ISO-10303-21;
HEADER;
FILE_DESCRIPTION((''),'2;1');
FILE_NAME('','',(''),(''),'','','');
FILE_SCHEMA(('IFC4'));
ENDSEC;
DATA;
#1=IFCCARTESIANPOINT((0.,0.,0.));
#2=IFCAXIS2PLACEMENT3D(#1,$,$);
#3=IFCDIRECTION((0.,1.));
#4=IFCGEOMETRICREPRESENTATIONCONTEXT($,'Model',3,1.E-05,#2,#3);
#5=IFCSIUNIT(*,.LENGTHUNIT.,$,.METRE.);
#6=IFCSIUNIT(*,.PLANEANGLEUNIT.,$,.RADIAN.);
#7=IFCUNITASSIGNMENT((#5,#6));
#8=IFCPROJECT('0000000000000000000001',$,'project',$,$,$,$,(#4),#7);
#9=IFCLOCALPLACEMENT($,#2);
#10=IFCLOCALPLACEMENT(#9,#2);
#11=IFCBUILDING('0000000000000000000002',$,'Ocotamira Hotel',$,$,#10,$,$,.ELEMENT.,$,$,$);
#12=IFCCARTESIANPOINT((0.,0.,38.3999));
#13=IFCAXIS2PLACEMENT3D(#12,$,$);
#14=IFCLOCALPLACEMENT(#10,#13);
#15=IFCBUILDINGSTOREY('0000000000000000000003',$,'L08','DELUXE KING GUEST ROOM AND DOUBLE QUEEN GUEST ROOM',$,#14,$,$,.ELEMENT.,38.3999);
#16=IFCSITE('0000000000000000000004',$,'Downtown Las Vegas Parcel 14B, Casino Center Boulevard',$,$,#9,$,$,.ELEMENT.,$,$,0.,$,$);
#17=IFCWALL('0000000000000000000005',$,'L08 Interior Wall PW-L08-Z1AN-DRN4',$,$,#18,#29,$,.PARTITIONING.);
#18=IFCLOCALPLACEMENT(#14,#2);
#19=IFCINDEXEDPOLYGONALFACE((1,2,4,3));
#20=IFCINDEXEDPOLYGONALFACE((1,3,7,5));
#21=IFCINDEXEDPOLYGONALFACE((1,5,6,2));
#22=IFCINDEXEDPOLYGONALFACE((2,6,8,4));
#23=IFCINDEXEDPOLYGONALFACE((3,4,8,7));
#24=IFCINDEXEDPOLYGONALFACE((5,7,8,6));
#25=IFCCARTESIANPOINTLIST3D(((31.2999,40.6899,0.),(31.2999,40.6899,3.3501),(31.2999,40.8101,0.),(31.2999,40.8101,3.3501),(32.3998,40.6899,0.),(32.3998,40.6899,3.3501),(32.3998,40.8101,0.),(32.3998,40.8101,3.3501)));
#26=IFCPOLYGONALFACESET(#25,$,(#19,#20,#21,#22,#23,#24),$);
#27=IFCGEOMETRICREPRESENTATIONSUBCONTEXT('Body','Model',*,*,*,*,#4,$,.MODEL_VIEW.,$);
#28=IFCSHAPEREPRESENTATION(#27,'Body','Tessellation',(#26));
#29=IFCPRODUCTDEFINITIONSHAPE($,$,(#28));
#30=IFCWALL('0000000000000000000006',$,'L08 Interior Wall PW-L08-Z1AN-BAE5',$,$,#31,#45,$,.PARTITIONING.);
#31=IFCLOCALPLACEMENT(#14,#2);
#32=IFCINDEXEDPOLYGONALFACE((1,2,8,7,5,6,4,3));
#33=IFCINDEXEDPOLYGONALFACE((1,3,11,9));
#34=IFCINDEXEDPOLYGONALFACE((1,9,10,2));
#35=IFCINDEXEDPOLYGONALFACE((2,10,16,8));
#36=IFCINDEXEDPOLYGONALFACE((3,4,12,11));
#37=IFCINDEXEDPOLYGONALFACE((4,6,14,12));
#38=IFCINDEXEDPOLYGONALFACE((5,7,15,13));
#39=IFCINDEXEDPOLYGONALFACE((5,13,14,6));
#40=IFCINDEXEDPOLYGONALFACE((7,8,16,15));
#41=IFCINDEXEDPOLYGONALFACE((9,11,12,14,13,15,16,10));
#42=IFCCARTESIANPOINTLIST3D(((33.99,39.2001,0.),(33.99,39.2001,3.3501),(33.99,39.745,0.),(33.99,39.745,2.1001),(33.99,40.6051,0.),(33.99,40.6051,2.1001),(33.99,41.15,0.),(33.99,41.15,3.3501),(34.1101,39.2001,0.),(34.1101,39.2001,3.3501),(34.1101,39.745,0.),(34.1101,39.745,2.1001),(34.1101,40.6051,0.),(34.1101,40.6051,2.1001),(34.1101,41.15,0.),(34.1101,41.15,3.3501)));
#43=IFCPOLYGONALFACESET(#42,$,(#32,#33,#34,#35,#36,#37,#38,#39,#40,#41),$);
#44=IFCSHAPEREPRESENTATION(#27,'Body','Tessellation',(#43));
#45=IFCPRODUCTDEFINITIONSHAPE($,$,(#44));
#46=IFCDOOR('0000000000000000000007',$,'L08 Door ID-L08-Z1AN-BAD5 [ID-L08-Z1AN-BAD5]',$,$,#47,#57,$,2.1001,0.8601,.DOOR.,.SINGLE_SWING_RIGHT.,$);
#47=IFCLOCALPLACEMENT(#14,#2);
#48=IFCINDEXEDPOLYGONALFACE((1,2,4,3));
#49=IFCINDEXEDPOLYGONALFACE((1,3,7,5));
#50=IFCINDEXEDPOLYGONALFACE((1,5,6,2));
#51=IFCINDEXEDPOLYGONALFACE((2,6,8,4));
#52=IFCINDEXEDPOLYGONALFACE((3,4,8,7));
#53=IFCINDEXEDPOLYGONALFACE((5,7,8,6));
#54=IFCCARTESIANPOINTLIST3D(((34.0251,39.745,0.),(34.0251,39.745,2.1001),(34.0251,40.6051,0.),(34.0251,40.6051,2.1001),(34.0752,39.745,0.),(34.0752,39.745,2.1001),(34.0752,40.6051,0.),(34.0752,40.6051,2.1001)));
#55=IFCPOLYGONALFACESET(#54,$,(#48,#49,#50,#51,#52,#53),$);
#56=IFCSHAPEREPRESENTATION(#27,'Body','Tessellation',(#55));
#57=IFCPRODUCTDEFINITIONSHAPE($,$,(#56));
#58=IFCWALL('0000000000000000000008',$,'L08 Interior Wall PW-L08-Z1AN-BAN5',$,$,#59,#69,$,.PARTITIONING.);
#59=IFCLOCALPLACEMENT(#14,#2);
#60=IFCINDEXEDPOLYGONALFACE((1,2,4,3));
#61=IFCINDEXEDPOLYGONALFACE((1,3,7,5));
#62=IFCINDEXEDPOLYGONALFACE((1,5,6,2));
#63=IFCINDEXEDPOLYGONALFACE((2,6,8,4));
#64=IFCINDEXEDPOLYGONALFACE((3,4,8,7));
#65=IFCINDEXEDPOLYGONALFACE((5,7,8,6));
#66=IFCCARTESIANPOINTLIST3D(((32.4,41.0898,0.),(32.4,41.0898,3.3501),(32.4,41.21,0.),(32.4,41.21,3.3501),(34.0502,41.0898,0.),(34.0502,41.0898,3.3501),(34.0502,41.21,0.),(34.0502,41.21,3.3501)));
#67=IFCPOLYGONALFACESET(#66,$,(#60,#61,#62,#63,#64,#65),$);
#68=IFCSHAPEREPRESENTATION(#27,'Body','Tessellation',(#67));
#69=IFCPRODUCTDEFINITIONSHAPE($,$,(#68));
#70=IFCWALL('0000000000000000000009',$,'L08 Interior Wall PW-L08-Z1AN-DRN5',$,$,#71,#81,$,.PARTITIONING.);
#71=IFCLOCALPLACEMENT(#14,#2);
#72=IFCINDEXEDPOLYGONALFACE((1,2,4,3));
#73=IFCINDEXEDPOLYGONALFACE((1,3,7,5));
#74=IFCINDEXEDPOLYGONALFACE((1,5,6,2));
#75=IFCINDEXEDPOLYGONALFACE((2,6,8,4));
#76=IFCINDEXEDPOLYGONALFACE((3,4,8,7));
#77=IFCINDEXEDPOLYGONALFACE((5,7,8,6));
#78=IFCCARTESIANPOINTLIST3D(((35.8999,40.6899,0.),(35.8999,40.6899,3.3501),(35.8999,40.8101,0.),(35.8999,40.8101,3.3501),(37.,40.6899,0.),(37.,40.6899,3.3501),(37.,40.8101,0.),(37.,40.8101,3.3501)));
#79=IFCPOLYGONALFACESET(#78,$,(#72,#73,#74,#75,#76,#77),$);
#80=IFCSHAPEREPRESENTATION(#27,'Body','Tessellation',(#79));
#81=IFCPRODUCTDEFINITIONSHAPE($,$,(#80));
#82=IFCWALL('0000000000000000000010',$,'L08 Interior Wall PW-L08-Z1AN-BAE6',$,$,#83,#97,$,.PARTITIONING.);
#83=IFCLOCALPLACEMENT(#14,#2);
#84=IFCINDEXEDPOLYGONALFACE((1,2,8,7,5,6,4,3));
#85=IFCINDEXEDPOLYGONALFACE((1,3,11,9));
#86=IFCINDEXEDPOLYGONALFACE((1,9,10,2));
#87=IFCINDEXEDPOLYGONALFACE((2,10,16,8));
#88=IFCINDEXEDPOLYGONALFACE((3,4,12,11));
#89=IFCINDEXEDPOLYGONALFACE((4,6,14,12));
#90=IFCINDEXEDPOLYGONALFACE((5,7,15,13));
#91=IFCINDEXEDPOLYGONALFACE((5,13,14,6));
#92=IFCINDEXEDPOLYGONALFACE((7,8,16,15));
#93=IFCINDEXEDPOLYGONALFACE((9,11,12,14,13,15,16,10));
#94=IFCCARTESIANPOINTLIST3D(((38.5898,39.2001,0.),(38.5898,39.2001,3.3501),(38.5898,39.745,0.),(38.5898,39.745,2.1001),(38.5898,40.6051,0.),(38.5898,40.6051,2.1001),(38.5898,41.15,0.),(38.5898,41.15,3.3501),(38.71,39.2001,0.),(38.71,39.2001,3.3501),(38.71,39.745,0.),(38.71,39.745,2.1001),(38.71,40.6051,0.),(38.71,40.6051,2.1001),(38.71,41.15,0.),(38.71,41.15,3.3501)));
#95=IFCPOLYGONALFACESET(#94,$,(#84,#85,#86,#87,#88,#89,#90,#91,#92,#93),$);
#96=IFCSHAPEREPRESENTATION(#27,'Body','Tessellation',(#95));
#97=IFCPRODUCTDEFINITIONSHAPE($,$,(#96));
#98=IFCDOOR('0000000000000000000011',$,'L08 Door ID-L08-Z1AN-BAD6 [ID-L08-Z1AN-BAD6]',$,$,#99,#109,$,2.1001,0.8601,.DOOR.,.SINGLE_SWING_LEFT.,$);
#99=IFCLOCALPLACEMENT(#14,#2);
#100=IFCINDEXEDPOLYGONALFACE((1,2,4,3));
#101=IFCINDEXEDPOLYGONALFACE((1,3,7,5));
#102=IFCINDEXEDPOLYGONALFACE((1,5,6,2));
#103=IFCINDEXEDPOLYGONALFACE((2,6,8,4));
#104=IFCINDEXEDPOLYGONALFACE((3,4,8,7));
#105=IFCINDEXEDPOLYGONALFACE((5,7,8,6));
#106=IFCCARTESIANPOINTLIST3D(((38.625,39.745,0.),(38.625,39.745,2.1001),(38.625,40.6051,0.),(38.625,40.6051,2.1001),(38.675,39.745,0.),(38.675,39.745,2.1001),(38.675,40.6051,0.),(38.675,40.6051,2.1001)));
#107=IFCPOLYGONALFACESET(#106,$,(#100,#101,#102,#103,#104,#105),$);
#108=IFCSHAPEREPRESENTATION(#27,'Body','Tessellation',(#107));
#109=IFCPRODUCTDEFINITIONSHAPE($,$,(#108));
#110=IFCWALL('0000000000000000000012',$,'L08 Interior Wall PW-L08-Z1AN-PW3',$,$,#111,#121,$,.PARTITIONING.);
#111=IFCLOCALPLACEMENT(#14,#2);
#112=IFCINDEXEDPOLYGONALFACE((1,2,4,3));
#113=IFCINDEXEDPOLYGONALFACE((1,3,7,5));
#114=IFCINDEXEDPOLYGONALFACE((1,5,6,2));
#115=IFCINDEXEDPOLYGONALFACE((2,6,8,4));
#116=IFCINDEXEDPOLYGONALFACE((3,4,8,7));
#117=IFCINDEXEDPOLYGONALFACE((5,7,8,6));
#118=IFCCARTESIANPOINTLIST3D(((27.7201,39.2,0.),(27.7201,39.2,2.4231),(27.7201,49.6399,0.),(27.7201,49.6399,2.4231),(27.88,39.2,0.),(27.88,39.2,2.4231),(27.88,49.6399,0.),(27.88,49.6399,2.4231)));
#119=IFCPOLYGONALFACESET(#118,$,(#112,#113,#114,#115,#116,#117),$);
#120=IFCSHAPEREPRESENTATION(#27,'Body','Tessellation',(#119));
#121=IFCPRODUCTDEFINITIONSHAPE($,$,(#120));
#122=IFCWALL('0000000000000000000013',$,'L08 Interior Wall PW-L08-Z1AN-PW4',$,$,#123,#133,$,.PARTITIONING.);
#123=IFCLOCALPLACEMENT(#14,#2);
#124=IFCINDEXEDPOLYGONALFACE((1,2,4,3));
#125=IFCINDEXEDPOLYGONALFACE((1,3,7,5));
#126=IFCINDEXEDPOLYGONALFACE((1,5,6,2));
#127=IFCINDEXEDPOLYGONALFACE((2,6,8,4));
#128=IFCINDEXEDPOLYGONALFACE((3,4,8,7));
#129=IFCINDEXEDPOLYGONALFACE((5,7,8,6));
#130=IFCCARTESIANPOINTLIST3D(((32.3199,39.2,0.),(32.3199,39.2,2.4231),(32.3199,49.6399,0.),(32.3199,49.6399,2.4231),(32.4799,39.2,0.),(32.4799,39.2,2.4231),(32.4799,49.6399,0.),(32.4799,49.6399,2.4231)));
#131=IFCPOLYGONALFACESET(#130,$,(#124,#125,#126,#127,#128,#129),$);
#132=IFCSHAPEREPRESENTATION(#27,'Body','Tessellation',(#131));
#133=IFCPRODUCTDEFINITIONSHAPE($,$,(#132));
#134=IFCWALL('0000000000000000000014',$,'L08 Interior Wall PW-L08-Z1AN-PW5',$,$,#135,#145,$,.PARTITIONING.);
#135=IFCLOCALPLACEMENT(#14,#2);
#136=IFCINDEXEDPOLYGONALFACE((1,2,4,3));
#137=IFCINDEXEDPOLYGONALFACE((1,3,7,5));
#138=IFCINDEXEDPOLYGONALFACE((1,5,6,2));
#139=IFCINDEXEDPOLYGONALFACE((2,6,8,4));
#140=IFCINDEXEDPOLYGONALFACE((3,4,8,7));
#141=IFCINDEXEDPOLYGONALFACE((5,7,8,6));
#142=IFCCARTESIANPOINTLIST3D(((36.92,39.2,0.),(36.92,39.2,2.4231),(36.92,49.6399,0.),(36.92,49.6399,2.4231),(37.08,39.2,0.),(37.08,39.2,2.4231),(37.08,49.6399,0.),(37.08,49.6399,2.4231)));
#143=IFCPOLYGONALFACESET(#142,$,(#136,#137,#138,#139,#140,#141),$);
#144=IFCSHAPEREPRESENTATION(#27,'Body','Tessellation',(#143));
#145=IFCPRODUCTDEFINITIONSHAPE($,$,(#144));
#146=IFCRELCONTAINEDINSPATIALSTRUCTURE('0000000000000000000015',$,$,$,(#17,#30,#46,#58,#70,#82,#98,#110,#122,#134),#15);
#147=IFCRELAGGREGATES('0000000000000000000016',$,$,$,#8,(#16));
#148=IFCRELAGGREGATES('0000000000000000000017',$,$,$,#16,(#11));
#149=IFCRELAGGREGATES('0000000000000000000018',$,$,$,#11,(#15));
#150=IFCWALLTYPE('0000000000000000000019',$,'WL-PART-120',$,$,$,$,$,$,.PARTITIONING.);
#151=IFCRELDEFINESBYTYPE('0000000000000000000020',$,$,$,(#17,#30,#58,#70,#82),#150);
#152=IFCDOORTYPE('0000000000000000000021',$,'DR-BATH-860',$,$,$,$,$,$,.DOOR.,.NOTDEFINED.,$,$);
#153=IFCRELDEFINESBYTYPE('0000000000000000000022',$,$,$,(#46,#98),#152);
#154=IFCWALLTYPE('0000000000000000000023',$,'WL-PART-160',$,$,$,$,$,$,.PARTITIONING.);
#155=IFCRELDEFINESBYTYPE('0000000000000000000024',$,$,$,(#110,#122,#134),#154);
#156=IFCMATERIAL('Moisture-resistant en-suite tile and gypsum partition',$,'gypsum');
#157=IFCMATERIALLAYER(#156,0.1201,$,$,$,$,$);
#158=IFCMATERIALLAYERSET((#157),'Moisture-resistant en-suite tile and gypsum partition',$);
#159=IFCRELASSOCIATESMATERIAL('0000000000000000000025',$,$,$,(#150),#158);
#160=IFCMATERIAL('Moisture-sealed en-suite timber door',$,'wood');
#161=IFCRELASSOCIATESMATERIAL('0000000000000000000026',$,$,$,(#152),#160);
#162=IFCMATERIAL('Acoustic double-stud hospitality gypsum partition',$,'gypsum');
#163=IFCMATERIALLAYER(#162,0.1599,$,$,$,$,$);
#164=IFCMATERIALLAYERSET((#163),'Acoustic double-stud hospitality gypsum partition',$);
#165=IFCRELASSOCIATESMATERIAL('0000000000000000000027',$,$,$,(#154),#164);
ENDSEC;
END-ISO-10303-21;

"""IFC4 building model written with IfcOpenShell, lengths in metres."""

from ifc_helpers import new_model, si_unit, direction, frame, frame_2d, origin, place, context, subcontext, project, spatial, rectangle, extrude, source, transform, mapped, material, layer, layer_set, type_object, element, fill, save


model = new_model("IFC4")

# Units and contexts
model_context = context("Model", 3, precision=1e-05, world=origin(), true_north=direction((0.0, 1.0)))
body_context = subcontext(model_context, "Body", "Model", "MODEL_VIEW")
ifc_project = project(units=[si_unit("LENGTHUNIT", "METRE"), si_unit("PLANEANGLEUNIT", "RADIAN")], contexts=[model_context])

# Site, building, storey
site_placement = place(None, origin())
site = spatial("IfcSite", under=ifc_project, at=site_placement, Name="Downtown Las Vegas Parcel 14B, Casino Center Boulevard", CompositionType="ELEMENT", RefElevation=0.0)
building_placement = place(site_placement, origin())
building = spatial("IfcBuilding", under=site, at=building_placement, Name="Ocotamira Hotel", CompositionType="ELEMENT")
storey_placement = place(building_placement, frame((0.0, 0.0, 38.3999)))
storey = spatial("IfcBuildingStorey", under=building, at=storey_placement, Name="L08", Description="DELUXE KING GUEST ROOM AND DOUBLE QUEEN GUEST ROOM", CompositionType="ELEMENT", Elevation=38.3999)

# Shared definitions
ifc_material_1 = material(Name="Moisture-resistant en-suite tile and gypsum partition", Category="gypsum")
ifc_layer_1 = layer(ifc_material_1, 0.1201)
ifc_layer_set_1 = layer_set([ifc_layer_1], Name="Moisture-resistant en-suite tile and gypsum partition")
wall_type_1 = type_object("IfcWallType", Name="WL-PART-120", PredefinedType="PARTITIONING", material=ifc_layer_set_1)
ifc_material_2 = material(Name="Moisture-sealed en-suite timber door", Category="wood")
door_type = type_object("IfcDoorType", Name="DR-BATH-860", OperationType="NOTDEFINED", PredefinedType="DOOR", material=ifc_material_2)
shared_shape_1 = source(origin(), body_context, "Body", "SweptSolid", [
    extrude(rectangle(XDim=0.8601, YDim=2.1001, at=frame_2d((0.4302, 1.05))), frame((0.0, 0.0249, 0.0), z_axis=(0.0, -1.0, 0.0), x_axis=(1.0, 0.0, 0.0)), (0.0, 0.0, 1.0), 0.05),
])

# Wall
wall_1_placement = place(storey_placement, frame((31.3, 40.75, 0.0), z_axis=(0.0, 0.0, 1.0), x_axis=(1.0, 0.0, 0.0)))
element("IfcWall", 1, at=wall_1_placement, inside=storey, type_object=wall_type_1, Name="L08 Interior Wall PW-L08-Z1AN-DRN4", PredefinedType="PARTITIONING", context=body_context, shape_type="SweptSolid", body=[
    extrude(rectangle(XDim=1.0999, YDim=0.1201, at=frame_2d((0.5498, 0.0))), origin(), (0.0, 0.0, 1.0), 3.3501),
])

# Wall, opening, door
wall_2_placement = place(storey_placement, frame((34.05, 39.2, 0.0), z_axis=(0.0, 0.0, 1.0), x_axis=(0.0, 1.0, 0.0)))
wall_2 = element("IfcWall", 2, at=wall_2_placement, inside=storey, type_object=wall_type_1, Name="L08 Interior Wall PW-L08-Z1AN-BAE5", PredefinedType="PARTITIONING", context=body_context, shape_type="SweptSolid", body=[
    extrude(rectangle(XDim=1.95, YDim=0.1201, at=frame_2d((0.9751, 0.0))), origin(), (0.0, 0.0, 1.0), 3.3501),
])
opening_1_placement = place(wall_2_placement, frame((0.5449, 0.0, 0.0)))
opening_1 = element("IfcOpeningElement", 3, at=opening_1_placement, cuts=wall_2, PredefinedType="OPENING", context=body_context, shape_type="SweptSolid", body=[
    extrude(rectangle(XDim=0.8601, YDim=2.1001, at=frame_2d((0.4302, 1.05))), frame((0.0, 0.0701, 0.0), z_axis=(0.0, -1.0, 0.0), x_axis=(1.0, 0.0, 0.0)), (0.0, 0.0, 1.0), 0.1401),
])
door_1_placement = place(opening_1_placement, origin())
door_1 = element("IfcDoor", 4, at=door_1_placement, inside=storey, type_object=door_type, Name="L08 Door ID-L08-Z1AN-BAD5 [ID-L08-Z1AN-BAD5]", OperationType="SINGLE_SWING_RIGHT", OverallHeight=2.1001, OverallWidth=0.8601, PredefinedType="DOOR", context=body_context, shape_type="MappedRepresentation", body=[
    mapped(shared_shape_1, transform((0.0, 0.0, 0.0), scale=1.0)),
])
fill(opening_1, door_1)

# Walls
wall_3_placement = place(storey_placement, frame((32.3999, 41.1499, 0.0), z_axis=(0.0, 0.0, 1.0), x_axis=(1.0, 0.0, 0.0)))
element("IfcWall", 5, at=wall_3_placement, inside=storey, type_object=wall_type_1, Name="L08 Interior Wall PW-L08-Z1AN-BAN5", PredefinedType="PARTITIONING", context=body_context, shape_type="SweptSolid", body=[
    extrude(rectangle(XDim=1.6501, YDim=0.1201, at=frame_2d((0.8252, 0.0))), origin(), (0.0, 0.0, 1.0), 3.3501),
])
wall_4_placement = place(storey_placement, frame((35.8999, 40.75, 0.0), z_axis=(0.0, 0.0, 1.0), x_axis=(1.0, 0.0, 0.0)))
element("IfcWall", 6, at=wall_4_placement, inside=storey, type_object=wall_type_1, Name="L08 Interior Wall PW-L08-Z1AN-DRN5", PredefinedType="PARTITIONING", context=body_context, shape_type="SweptSolid", body=[
    extrude(rectangle(XDim=1.1001, YDim=0.1201, at=frame_2d((0.55, 0.0))), origin(), (0.0, 0.0, 1.0), 3.3501),
])

# Wall, opening, door
wall_5_placement = place(storey_placement, frame((38.6499, 39.2, 0.0), z_axis=(0.0, 0.0, 1.0), x_axis=(0.0, 1.0, 0.0)))
wall_5 = element("IfcWall", 7, at=wall_5_placement, inside=storey, type_object=wall_type_1, Name="L08 Interior Wall PW-L08-Z1AN-BAE6", PredefinedType="PARTITIONING", context=body_context, shape_type="SweptSolid", body=[
    extrude(rectangle(XDim=1.95, YDim=0.1201, at=frame_2d((0.9751, 0.0))), origin(), (0.0, 0.0, 1.0), 3.3501),
])
opening_2_placement = place(wall_5_placement, frame((0.5449, 0.0, 0.0)))
opening_2 = element("IfcOpeningElement", 8, at=opening_2_placement, cuts=wall_5, PredefinedType="OPENING", context=body_context, shape_type="SweptSolid", body=[
    extrude(rectangle(XDim=0.8601, YDim=2.1001, at=frame_2d((0.4302, 1.05))), frame((0.0, 0.0701, 0.0), z_axis=(0.0, -1.0, 0.0), x_axis=(1.0, 0.0, 0.0)), (0.0, 0.0, 1.0), 0.1401),
])
door_2_placement = place(opening_2_placement, origin())
door_2 = element("IfcDoor", 9, at=door_2_placement, inside=storey, type_object=door_type, Name="L08 Door ID-L08-Z1AN-BAD6 [ID-L08-Z1AN-BAD6]", OperationType="SINGLE_SWING_LEFT", OverallHeight=2.1001, OverallWidth=0.8601, PredefinedType="DOOR", context=body_context, shape_type="MappedRepresentation", body=[
    mapped(shared_shape_1, transform((0.0, 0.0, 0.0), scale=1.0)),
])
fill(opening_2, door_2)

# Walls
ifc_material_3 = material(Name="Acoustic double-stud hospitality gypsum partition", Category="gypsum")
ifc_layer_2 = layer(ifc_material_3, 0.1599)
ifc_layer_set_2 = layer_set([ifc_layer_2], Name="Acoustic double-stud hospitality gypsum partition")
wall_type_2 = type_object("IfcWallType", Name="WL-PART-160", PredefinedType="PARTITIONING", material=ifc_layer_set_2)
for number, where, z_axis, x_axis, name in (
    (10, (27.8, 39.2, 0.0), (0.0, 0.0, 1.0), (0.0, 1.0, 0.0), "L08 Interior Wall PW-L08-Z1AN-PW3"),
    (11, (32.3999, 39.2, 0.0), (0.0, 0.0, 1.0), (0.0, 1.0, 0.0), "L08 Interior Wall PW-L08-Z1AN-PW4"),
    (12, (37.0, 39.2, 0.0), (0.0, 0.0, 1.0), (0.0, 1.0, 0.0), "L08 Interior Wall PW-L08-Z1AN-PW5"),
):
    element("IfcWall", number, at=place(storey_placement, frame(where, z_axis=z_axis, x_axis=x_axis)), inside=storey, type_object=wall_type_2, Name=name, PredefinedType="PARTITIONING", context=body_context, shape_type="SweptSolid", body=[
        extrude(rectangle(XDim=10.4399, YDim=0.1599, at=frame_2d((5.22, 0.0))), origin(), (0.0, 0.0, 1.0), 2.4231),
    ])

save(model, "model.ifc")
